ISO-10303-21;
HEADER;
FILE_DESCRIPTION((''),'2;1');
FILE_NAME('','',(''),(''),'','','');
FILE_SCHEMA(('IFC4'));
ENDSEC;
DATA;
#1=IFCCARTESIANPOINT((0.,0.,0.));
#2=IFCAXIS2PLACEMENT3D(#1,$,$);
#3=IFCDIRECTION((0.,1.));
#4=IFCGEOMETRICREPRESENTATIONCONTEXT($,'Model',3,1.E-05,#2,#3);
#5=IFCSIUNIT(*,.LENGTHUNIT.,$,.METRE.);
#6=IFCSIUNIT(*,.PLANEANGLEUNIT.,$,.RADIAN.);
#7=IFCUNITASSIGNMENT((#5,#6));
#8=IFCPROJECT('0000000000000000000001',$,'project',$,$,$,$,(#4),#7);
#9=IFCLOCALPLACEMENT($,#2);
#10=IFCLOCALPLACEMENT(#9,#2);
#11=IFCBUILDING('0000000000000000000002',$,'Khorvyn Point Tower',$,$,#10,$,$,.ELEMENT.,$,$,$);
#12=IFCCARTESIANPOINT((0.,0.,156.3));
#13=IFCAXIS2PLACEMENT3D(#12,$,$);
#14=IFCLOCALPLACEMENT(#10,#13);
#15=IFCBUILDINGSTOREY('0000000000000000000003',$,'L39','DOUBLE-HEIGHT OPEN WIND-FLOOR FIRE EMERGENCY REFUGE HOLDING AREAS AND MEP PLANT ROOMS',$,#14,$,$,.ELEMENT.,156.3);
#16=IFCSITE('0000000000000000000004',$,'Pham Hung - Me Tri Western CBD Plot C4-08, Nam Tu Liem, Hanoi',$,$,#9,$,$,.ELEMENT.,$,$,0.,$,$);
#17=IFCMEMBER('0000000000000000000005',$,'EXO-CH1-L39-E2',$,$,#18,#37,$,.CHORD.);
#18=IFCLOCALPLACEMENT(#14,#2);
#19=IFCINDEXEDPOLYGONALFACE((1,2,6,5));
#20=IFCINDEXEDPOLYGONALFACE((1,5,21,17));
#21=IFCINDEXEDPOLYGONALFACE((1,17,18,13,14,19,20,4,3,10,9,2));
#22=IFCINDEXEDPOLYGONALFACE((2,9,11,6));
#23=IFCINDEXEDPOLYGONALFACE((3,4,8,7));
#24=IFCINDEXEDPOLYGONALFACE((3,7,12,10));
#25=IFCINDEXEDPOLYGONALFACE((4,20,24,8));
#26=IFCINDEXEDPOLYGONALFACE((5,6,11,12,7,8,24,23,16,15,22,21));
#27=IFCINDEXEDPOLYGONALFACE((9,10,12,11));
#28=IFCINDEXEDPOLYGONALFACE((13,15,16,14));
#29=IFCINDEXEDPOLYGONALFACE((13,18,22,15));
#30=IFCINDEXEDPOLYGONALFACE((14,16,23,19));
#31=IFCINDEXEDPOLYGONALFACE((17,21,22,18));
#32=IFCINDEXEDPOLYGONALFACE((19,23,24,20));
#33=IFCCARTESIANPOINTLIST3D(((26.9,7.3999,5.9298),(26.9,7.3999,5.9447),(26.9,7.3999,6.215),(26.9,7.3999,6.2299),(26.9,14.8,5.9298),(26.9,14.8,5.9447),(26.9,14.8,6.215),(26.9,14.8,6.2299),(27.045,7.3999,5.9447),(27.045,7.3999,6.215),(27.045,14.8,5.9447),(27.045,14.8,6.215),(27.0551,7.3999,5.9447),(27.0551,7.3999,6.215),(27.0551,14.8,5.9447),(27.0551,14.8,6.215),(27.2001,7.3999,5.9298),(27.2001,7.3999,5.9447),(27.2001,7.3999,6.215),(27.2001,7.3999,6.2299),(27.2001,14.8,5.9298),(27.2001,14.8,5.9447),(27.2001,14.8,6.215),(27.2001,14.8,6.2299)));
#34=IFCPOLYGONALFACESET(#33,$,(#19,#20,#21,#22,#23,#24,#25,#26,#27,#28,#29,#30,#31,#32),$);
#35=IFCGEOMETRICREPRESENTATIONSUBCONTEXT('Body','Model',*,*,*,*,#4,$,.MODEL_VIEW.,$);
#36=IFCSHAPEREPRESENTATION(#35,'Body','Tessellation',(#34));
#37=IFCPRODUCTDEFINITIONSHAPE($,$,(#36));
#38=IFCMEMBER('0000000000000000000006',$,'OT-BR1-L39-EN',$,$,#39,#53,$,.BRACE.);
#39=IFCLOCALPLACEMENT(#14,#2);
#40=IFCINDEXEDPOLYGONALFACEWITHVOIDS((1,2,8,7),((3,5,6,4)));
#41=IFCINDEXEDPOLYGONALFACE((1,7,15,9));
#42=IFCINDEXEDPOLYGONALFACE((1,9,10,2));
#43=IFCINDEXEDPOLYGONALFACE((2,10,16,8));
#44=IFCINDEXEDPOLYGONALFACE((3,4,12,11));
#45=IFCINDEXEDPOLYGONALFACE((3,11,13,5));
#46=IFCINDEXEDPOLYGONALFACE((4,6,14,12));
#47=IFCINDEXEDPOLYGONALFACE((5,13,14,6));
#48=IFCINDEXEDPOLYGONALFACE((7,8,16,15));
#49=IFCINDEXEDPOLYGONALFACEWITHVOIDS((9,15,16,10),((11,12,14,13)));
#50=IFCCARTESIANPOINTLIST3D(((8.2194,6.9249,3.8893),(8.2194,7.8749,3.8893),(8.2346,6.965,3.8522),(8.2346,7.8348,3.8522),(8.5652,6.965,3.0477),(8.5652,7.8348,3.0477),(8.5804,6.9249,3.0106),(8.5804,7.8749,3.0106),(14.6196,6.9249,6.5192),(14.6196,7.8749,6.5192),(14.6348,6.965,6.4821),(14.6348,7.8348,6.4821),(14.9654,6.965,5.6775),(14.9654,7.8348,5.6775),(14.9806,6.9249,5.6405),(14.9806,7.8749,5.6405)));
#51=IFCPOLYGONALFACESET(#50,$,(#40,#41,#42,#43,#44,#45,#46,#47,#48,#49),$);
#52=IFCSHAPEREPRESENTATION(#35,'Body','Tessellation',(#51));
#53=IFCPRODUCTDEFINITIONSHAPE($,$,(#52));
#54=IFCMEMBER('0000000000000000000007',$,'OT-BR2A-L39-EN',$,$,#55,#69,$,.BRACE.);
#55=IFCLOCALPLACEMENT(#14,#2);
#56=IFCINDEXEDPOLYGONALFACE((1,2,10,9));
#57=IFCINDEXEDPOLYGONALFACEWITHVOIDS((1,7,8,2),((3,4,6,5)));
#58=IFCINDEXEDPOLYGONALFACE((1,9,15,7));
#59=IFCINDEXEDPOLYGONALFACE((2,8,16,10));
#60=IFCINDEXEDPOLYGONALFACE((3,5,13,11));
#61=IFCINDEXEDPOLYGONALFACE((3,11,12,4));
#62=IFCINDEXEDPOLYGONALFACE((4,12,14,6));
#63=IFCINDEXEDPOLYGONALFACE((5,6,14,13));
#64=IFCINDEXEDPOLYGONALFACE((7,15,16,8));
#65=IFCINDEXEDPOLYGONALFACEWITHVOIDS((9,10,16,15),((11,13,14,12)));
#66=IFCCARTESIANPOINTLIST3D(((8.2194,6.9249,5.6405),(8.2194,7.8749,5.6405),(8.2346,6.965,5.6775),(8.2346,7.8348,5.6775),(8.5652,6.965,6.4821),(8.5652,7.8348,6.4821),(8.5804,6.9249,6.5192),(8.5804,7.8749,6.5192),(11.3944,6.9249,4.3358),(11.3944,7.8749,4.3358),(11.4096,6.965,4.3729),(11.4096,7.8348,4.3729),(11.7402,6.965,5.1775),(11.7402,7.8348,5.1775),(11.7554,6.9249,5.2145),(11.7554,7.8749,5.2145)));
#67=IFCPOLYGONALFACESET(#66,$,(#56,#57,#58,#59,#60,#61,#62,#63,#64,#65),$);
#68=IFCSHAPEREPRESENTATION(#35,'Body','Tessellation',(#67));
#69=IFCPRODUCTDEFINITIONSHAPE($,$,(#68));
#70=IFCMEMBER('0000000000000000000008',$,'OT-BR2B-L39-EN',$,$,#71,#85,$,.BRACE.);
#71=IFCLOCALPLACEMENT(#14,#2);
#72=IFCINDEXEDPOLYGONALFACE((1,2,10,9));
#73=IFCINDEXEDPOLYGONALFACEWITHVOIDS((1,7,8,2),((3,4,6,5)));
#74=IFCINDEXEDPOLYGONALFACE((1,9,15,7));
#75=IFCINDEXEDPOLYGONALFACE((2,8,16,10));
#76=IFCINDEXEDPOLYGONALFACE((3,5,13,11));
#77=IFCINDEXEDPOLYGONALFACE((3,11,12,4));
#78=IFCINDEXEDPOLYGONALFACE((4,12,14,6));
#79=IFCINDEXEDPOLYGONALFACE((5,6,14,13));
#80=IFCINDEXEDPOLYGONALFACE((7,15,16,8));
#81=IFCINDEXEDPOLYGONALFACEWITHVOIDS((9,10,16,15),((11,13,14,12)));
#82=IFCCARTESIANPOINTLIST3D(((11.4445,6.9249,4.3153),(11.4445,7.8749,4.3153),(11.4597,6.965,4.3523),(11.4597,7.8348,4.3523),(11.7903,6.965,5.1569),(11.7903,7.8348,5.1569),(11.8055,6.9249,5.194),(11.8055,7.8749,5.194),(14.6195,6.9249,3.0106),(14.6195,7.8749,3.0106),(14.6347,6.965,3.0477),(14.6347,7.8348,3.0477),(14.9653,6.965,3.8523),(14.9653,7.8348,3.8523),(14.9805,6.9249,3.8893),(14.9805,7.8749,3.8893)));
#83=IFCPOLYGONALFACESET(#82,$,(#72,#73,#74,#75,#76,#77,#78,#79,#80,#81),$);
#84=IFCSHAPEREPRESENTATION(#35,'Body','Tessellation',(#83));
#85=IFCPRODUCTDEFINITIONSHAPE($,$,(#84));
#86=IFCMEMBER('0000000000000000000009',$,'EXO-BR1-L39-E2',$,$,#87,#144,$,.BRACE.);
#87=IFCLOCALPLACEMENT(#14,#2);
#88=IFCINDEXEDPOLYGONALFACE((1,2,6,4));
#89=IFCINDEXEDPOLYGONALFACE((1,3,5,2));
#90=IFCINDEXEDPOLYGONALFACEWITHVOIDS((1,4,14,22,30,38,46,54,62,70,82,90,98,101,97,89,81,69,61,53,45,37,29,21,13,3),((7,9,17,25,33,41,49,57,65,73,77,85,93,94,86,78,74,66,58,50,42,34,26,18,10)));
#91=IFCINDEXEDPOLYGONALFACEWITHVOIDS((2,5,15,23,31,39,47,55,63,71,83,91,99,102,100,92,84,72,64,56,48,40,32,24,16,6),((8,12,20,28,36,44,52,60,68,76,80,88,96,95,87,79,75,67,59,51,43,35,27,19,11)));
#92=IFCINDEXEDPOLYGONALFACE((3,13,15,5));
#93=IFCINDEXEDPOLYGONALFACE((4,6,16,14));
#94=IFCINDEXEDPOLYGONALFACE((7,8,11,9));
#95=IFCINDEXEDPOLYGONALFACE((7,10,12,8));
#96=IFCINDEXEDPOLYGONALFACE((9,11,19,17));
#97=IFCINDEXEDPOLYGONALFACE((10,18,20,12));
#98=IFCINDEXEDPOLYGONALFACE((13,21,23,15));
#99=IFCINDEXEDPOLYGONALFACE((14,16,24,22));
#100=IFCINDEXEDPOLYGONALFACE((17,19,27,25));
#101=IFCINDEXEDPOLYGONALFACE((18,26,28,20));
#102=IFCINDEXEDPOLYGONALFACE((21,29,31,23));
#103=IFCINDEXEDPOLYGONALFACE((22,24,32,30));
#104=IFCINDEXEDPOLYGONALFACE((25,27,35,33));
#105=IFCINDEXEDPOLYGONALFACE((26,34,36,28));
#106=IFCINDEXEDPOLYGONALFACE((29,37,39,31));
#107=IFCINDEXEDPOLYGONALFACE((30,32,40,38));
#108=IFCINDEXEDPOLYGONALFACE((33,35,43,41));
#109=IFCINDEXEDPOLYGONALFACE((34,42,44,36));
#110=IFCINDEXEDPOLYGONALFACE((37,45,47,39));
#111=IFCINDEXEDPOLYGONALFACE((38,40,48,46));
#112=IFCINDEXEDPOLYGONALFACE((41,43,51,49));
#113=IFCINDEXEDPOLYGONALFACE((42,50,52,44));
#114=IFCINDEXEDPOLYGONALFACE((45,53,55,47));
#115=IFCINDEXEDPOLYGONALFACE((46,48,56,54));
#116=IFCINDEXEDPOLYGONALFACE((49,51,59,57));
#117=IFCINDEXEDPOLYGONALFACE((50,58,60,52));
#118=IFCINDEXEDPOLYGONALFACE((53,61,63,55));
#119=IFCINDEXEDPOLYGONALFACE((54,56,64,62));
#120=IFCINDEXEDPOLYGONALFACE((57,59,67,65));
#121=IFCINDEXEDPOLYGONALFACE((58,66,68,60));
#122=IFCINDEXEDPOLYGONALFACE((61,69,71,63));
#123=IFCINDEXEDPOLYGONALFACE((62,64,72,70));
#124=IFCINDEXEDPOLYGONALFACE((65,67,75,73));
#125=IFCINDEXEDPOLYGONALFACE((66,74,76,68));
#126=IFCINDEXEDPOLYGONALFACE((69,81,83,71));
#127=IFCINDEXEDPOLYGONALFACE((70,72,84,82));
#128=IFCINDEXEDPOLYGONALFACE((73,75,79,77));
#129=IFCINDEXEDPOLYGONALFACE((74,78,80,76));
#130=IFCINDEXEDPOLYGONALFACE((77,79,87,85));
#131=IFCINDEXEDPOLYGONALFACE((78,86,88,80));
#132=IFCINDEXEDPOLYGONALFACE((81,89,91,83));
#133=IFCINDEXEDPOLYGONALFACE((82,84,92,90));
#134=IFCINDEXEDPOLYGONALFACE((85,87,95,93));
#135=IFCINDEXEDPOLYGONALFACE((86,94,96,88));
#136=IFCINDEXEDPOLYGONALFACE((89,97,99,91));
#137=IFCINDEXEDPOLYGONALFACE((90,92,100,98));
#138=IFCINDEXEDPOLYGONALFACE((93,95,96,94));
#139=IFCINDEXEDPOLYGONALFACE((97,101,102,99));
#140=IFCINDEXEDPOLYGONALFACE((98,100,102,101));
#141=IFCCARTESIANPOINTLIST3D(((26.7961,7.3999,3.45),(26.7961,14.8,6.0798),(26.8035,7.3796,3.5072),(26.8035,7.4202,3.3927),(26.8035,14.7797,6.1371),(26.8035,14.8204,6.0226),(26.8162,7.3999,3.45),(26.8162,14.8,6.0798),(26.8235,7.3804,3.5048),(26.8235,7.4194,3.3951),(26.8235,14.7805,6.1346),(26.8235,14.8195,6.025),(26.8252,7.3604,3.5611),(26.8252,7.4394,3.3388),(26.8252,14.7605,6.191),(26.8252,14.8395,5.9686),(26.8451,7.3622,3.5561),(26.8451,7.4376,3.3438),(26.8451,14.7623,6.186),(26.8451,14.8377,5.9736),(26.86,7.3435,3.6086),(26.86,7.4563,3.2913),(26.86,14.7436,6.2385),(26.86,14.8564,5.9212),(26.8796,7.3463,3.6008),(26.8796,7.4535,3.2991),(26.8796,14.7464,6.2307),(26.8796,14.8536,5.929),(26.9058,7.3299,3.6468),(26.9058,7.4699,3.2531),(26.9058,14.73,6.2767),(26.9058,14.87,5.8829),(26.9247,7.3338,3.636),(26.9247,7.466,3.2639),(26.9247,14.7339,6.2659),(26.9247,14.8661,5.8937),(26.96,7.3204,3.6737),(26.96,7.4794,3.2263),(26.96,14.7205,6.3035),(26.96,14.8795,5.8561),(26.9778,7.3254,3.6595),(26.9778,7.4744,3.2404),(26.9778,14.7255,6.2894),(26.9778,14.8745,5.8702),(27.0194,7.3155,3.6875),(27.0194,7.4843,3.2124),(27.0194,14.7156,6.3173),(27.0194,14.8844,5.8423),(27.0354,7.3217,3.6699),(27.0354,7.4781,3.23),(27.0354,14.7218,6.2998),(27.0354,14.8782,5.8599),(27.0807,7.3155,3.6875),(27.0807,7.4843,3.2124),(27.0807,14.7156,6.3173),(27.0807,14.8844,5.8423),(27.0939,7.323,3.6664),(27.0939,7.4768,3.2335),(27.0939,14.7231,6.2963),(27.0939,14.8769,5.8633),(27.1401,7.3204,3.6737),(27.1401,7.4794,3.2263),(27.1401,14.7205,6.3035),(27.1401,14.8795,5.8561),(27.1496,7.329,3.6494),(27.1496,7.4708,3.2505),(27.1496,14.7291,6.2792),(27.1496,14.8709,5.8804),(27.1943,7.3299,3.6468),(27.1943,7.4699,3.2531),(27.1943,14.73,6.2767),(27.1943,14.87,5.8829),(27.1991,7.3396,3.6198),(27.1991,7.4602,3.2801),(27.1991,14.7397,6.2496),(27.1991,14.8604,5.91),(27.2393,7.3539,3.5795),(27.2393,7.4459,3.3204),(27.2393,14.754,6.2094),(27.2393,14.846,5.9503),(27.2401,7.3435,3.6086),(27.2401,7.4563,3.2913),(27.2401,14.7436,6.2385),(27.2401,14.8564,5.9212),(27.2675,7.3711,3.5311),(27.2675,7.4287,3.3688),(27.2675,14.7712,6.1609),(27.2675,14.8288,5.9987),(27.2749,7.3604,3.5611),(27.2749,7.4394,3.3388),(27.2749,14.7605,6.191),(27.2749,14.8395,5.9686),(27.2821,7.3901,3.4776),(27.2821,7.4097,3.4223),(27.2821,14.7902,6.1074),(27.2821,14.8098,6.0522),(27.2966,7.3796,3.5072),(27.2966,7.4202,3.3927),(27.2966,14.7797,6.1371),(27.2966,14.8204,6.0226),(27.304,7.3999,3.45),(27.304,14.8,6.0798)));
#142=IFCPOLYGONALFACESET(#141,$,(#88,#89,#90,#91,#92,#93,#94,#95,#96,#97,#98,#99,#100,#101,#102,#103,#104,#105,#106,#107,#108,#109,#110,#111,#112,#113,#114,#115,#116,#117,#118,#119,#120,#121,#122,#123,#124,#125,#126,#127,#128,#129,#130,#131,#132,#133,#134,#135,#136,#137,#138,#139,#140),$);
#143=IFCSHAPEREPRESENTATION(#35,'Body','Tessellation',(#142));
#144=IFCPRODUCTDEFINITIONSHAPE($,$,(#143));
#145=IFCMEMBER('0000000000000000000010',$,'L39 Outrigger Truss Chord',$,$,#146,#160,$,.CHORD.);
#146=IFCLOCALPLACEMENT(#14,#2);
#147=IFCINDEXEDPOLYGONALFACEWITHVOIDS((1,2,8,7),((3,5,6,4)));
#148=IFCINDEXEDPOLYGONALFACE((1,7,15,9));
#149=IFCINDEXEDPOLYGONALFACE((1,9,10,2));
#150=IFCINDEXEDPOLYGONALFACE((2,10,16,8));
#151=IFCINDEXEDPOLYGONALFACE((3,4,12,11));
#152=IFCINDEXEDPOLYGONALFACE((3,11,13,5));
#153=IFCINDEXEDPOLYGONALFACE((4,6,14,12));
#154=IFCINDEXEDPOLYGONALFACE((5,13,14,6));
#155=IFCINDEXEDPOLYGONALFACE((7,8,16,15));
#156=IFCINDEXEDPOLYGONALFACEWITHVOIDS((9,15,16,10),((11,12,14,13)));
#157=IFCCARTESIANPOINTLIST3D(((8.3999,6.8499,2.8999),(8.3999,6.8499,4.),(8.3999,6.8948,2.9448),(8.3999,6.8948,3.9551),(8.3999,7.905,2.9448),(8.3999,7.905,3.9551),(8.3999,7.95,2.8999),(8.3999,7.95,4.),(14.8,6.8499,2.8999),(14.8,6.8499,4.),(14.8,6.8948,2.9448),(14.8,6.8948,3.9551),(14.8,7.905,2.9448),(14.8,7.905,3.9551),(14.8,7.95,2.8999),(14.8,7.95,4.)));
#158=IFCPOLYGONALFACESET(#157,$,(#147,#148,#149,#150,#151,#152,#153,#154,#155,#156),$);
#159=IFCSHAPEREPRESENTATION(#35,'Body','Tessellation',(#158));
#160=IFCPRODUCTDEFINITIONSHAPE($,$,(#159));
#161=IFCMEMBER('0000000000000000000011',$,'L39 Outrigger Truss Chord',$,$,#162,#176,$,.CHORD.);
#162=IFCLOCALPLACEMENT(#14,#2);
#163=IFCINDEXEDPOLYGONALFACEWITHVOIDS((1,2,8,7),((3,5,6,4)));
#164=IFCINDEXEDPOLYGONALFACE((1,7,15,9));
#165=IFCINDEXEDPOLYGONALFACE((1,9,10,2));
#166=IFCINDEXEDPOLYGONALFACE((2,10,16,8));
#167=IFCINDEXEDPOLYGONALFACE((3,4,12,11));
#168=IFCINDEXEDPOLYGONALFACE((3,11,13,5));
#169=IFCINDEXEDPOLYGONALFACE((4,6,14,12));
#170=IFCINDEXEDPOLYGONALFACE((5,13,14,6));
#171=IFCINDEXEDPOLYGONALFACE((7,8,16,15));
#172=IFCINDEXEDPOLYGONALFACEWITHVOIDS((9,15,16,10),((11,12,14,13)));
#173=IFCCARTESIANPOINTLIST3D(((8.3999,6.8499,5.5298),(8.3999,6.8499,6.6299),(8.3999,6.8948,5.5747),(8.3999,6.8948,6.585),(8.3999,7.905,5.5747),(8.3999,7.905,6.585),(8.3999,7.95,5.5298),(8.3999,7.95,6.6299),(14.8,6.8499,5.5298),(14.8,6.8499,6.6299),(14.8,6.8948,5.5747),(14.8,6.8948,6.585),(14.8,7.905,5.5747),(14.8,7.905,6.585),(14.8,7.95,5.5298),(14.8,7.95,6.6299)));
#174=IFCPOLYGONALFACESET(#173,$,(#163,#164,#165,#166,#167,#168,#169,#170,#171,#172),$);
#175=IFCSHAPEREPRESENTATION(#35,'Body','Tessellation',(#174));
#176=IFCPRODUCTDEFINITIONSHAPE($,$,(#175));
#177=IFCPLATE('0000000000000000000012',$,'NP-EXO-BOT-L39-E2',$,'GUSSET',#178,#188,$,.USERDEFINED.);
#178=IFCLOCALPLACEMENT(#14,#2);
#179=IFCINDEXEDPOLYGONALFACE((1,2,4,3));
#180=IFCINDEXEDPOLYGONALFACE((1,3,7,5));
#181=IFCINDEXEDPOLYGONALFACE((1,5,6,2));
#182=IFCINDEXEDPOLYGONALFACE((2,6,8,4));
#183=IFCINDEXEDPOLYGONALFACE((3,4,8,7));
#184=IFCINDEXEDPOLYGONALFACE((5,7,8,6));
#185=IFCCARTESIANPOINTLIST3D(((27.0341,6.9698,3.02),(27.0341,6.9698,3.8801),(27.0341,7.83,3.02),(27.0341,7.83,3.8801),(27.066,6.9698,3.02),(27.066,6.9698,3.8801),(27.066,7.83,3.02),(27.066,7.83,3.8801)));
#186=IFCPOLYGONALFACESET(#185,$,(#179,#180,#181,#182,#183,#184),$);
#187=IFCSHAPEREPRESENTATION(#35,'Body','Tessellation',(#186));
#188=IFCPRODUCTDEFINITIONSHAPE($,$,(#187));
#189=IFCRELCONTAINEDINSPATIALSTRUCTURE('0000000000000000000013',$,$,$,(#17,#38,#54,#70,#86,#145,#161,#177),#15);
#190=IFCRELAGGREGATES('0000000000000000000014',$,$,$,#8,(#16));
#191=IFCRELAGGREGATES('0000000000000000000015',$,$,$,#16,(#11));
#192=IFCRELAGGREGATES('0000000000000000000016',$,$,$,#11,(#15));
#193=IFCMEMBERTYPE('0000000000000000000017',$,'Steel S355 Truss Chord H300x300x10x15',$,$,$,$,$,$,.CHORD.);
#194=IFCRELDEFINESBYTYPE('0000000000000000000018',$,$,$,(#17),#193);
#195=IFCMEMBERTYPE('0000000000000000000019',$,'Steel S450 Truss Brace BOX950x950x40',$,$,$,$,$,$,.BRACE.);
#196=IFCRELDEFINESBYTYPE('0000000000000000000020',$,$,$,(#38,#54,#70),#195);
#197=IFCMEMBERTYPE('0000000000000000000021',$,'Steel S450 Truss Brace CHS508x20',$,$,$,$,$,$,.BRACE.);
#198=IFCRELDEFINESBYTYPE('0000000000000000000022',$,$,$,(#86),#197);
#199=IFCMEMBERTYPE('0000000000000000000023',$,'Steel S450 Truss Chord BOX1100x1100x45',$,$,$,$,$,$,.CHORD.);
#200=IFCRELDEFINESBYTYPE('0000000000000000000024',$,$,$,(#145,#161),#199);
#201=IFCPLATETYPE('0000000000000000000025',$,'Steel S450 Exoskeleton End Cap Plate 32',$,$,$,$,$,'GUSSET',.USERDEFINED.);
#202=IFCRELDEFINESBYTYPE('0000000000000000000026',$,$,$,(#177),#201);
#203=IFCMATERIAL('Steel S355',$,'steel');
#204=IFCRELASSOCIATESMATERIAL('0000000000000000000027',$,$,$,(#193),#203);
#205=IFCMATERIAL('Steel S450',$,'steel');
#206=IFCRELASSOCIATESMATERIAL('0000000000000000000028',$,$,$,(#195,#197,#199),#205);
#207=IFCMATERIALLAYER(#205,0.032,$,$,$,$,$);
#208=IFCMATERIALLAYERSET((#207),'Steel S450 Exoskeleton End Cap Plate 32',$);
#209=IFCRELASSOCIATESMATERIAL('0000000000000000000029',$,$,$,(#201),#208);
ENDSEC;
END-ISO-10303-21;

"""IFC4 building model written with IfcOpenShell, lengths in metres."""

from ifc_helpers import new_model, si_unit, direction, frame, origin, origin_2d, place, context, subcontext, project, spatial, rectangle, hollow_rectangle, hollow_circle, i_section, extrude, material, layer, layer_set, material_profile, profile_set, type_object, element, save


model = new_model("IFC4")

# Units and contexts
model_context = context("Model", 3, precision=1e-05, world=origin(), true_north=direction((0.0, 1.0)))
body_context = subcontext(model_context, "Body", "Model", "MODEL_VIEW")
ifc_project = project(units=[si_unit("LENGTHUNIT", "METRE"), si_unit("PLANEANGLEUNIT", "RADIAN")], contexts=[model_context])

# Site, building, storey
site_placement = place(None, origin())
site = spatial("IfcSite", under=ifc_project, at=site_placement, Name="Pham Hung - Me Tri Western CBD Plot C4-08, Nam Tu Liem, Hanoi", CompositionType="ELEMENT", RefElevation=0.0)
building_placement = place(site_placement, origin())
building = spatial("IfcBuilding", under=site, at=building_placement, Name="Khorvyn Point Tower", CompositionType="ELEMENT")
storey_placement = place(building_placement, frame((0.0, 0.0, 156.3)))
storey = spatial("IfcBuildingStorey", under=building, at=storey_placement, Name="L39", Description="DOUBLE-HEIGHT OPEN WIND-FLOOR FIRE EMERGENCY REFUGE HOLDING AREAS AND MEP PLANT ROOMS", CompositionType="ELEMENT", Elevation=156.3)

# Shared definitions
ifc_material_1 = material(Name="Steel S450", Category="steel")

# Shared definitions
ifc_material_2 = material(Name="Steel S355", Category="steel")

# Members
ifc_material_profile_1 = material_profile(ifc_material_2, i_section(OverallWidth=0.3, OverallDepth=0.3, WebThickness=0.01, FlangeThickness=0.0149, at=origin_2d()))
ifc_profile_set_1 = profile_set([ifc_material_profile_1], Name="Steel S355 H300x300x10x15")
member_type_1 = type_object("IfcMemberType", Name="Steel S355 Truss Chord H300x300x10x15", PredefinedType="CHORD", material=ifc_profile_set_1)
member_1_placement = place(storey_placement, frame((27.05, 7.3999, 6.0798), z_axis=(0.0, 1.0, 0.0), x_axis=(-1.0, 0.0, 0.0)))
element("IfcMember", 1, at=member_1_placement, inside=storey, type_object=member_type_1, Name="EXO-CH1-L39-E2", PredefinedType="CHORD", context=body_context, shape_type="SweptSolid", body=[
    extrude(i_section(OverallWidth=0.3, OverallDepth=0.3, WebThickness=0.01, FlangeThickness=0.0149, at=origin_2d()), origin(), (0.0, 0.0, 1.0), 7.4001),
])
ifc_material_profile_2 = material_profile(ifc_material_1, hollow_rectangle(XDim=0.95, YDim=0.95, WallThickness=0.04, at=origin_2d()))
ifc_profile_set_2 = profile_set([ifc_material_profile_2], Name="Steel S450 BOX950x950x40")
member_type_2 = type_object("IfcMemberType", Name="Steel S450 Truss Brace BOX950x950x40", PredefinedType="BRACE", material=ifc_profile_set_2)
member_2_placement = place(storey_placement, frame((8.3999, 7.3999, 3.45), z_axis=(0.924956, 0.0, 0.380074), x_axis=(0.0, 1.0, 0.0)))
element("IfcMember", 2, at=member_2_placement, inside=storey, type_object=member_type_2, Name="OT-BR1-L39-EN", PredefinedType="BRACE", context=body_context, shape_type="SweptSolid", body=[
    extrude(hollow_rectangle(XDim=0.95, YDim=0.95, WallThickness=0.04, at=origin_2d()), origin(), (0.0, 0.0, 1.0), 6.9194),
])
for number, where, z_axis, x_axis, name in (
    (3, (8.3999, 7.3999, 6.0798), (0.924953, 0.0, -0.380081), (0.0, 1.0, 0.0), "OT-BR2A-L39-EN"),
    (4, (11.625, 7.3999, 4.7546), (0.924953, 0.0, -0.380081), (0.0, 1.0, 0.0), "OT-BR2B-L39-EN"),
):
    element("IfcMember", number, at=place(storey_placement, frame(where, z_axis=z_axis, x_axis=x_axis)), inside=storey, type_object=member_type_2, Name=name, PredefinedType="BRACE", context=body_context, shape_type="SweptSolid", body=[
        extrude(hollow_rectangle(XDim=0.95, YDim=0.95, WallThickness=0.04, at=origin_2d()), origin(), (0.0, 0.0, 1.0), 3.4326),
    ])
ifc_material_profile_3 = material_profile(ifc_material_1, hollow_circle(Radius=0.2539, WallThickness=0.02, at=origin_2d()))
ifc_profile_set_3 = profile_set([ifc_material_profile_3], Name="Steel S450 CHS508x20")
member_type_3 = type_object("IfcMemberType", Name="Steel S450 Truss Brace CHS508x20", PredefinedType="BRACE", material=ifc_profile_set_3)
member_3_placement = place(storey_placement, frame((27.05, 7.3999, 3.45), z_axis=(0.0, 0.942266, 0.334865), x_axis=(-1.0, 0.0, 0.0)))
element("IfcMember", 5, at=member_3_placement, inside=storey, type_object=member_type_3, Name="EXO-BR1-L39-E2", PredefinedType="BRACE", context=body_context, shape_type="SweptSolid", body=[
    extrude(hollow_circle(Radius=0.2539, WallThickness=0.02, at=origin_2d()), origin(), (0.0, 0.0, 1.0), 7.8535),
])
ifc_material_profile_4 = material_profile(ifc_material_1, hollow_rectangle(XDim=1.1001, YDim=1.1001, WallThickness=0.0449, at=origin_2d()))
ifc_profile_set_4 = profile_set([ifc_material_profile_4], Name="Steel S450 BOX1100x1100x45")
member_type_4 = type_object("IfcMemberType", Name="Steel S450 Truss Chord BOX1100x1100x45", PredefinedType="CHORD", material=ifc_profile_set_4)
for number, where, z_axis, x_axis, name in (
    (6, (8.3999, 7.3999, 3.45), (1.0, 0.0, 0.0), (0.0, 1.0, 0.0), "L39 Outrigger Truss Chord"),
    (7, (8.3999, 7.3999, 6.0798), (1.0, 0.0, 0.0), (0.0, 1.0, 0.0), "L39 Outrigger Truss Chord"),
):
    element("IfcMember", number, at=place(storey_placement, frame(where, z_axis=z_axis, x_axis=x_axis)), inside=storey, type_object=member_type_4, Name=name, PredefinedType="CHORD", context=body_context, shape_type="SweptSolid", body=[
        extrude(hollow_rectangle(XDim=1.1001, YDim=1.1001, WallThickness=0.0449, at=origin_2d()), origin(), (0.0, 0.0, 1.0), 6.4001),
    ])

# Plate
ifc_layer_1 = layer(ifc_material_1, 0.032)
ifc_layer_set_1 = layer_set([ifc_layer_1], Name="Steel S450 Exoskeleton End Cap Plate 32")
plate_type_1 = type_object("IfcPlateType", Name="Steel S450 Exoskeleton End Cap Plate 32", ElementType="GUSSET", PredefinedType="USERDEFINED", material=ifc_layer_set_1)
plate_placement = place(storey_placement, frame((27.05, 7.3999, 3.02), z_axis=(0.0, 0.0, 1.0), x_axis=(1.0, 0.0, 0.0)))
element("IfcPlate", 8, at=plate_placement, inside=storey, type_object=plate_type_1, Name="NP-EXO-BOT-L39-E2", ObjectType="GUSSET", PredefinedType="USERDEFINED", context=body_context, shape_type="SweptSolid", body=[
    extrude(rectangle(XDim=0.032, YDim=0.8601, at=origin_2d()), origin(), (0.0, 0.0, 1.0), 0.8601),
])

save(model, "model.ifc")
